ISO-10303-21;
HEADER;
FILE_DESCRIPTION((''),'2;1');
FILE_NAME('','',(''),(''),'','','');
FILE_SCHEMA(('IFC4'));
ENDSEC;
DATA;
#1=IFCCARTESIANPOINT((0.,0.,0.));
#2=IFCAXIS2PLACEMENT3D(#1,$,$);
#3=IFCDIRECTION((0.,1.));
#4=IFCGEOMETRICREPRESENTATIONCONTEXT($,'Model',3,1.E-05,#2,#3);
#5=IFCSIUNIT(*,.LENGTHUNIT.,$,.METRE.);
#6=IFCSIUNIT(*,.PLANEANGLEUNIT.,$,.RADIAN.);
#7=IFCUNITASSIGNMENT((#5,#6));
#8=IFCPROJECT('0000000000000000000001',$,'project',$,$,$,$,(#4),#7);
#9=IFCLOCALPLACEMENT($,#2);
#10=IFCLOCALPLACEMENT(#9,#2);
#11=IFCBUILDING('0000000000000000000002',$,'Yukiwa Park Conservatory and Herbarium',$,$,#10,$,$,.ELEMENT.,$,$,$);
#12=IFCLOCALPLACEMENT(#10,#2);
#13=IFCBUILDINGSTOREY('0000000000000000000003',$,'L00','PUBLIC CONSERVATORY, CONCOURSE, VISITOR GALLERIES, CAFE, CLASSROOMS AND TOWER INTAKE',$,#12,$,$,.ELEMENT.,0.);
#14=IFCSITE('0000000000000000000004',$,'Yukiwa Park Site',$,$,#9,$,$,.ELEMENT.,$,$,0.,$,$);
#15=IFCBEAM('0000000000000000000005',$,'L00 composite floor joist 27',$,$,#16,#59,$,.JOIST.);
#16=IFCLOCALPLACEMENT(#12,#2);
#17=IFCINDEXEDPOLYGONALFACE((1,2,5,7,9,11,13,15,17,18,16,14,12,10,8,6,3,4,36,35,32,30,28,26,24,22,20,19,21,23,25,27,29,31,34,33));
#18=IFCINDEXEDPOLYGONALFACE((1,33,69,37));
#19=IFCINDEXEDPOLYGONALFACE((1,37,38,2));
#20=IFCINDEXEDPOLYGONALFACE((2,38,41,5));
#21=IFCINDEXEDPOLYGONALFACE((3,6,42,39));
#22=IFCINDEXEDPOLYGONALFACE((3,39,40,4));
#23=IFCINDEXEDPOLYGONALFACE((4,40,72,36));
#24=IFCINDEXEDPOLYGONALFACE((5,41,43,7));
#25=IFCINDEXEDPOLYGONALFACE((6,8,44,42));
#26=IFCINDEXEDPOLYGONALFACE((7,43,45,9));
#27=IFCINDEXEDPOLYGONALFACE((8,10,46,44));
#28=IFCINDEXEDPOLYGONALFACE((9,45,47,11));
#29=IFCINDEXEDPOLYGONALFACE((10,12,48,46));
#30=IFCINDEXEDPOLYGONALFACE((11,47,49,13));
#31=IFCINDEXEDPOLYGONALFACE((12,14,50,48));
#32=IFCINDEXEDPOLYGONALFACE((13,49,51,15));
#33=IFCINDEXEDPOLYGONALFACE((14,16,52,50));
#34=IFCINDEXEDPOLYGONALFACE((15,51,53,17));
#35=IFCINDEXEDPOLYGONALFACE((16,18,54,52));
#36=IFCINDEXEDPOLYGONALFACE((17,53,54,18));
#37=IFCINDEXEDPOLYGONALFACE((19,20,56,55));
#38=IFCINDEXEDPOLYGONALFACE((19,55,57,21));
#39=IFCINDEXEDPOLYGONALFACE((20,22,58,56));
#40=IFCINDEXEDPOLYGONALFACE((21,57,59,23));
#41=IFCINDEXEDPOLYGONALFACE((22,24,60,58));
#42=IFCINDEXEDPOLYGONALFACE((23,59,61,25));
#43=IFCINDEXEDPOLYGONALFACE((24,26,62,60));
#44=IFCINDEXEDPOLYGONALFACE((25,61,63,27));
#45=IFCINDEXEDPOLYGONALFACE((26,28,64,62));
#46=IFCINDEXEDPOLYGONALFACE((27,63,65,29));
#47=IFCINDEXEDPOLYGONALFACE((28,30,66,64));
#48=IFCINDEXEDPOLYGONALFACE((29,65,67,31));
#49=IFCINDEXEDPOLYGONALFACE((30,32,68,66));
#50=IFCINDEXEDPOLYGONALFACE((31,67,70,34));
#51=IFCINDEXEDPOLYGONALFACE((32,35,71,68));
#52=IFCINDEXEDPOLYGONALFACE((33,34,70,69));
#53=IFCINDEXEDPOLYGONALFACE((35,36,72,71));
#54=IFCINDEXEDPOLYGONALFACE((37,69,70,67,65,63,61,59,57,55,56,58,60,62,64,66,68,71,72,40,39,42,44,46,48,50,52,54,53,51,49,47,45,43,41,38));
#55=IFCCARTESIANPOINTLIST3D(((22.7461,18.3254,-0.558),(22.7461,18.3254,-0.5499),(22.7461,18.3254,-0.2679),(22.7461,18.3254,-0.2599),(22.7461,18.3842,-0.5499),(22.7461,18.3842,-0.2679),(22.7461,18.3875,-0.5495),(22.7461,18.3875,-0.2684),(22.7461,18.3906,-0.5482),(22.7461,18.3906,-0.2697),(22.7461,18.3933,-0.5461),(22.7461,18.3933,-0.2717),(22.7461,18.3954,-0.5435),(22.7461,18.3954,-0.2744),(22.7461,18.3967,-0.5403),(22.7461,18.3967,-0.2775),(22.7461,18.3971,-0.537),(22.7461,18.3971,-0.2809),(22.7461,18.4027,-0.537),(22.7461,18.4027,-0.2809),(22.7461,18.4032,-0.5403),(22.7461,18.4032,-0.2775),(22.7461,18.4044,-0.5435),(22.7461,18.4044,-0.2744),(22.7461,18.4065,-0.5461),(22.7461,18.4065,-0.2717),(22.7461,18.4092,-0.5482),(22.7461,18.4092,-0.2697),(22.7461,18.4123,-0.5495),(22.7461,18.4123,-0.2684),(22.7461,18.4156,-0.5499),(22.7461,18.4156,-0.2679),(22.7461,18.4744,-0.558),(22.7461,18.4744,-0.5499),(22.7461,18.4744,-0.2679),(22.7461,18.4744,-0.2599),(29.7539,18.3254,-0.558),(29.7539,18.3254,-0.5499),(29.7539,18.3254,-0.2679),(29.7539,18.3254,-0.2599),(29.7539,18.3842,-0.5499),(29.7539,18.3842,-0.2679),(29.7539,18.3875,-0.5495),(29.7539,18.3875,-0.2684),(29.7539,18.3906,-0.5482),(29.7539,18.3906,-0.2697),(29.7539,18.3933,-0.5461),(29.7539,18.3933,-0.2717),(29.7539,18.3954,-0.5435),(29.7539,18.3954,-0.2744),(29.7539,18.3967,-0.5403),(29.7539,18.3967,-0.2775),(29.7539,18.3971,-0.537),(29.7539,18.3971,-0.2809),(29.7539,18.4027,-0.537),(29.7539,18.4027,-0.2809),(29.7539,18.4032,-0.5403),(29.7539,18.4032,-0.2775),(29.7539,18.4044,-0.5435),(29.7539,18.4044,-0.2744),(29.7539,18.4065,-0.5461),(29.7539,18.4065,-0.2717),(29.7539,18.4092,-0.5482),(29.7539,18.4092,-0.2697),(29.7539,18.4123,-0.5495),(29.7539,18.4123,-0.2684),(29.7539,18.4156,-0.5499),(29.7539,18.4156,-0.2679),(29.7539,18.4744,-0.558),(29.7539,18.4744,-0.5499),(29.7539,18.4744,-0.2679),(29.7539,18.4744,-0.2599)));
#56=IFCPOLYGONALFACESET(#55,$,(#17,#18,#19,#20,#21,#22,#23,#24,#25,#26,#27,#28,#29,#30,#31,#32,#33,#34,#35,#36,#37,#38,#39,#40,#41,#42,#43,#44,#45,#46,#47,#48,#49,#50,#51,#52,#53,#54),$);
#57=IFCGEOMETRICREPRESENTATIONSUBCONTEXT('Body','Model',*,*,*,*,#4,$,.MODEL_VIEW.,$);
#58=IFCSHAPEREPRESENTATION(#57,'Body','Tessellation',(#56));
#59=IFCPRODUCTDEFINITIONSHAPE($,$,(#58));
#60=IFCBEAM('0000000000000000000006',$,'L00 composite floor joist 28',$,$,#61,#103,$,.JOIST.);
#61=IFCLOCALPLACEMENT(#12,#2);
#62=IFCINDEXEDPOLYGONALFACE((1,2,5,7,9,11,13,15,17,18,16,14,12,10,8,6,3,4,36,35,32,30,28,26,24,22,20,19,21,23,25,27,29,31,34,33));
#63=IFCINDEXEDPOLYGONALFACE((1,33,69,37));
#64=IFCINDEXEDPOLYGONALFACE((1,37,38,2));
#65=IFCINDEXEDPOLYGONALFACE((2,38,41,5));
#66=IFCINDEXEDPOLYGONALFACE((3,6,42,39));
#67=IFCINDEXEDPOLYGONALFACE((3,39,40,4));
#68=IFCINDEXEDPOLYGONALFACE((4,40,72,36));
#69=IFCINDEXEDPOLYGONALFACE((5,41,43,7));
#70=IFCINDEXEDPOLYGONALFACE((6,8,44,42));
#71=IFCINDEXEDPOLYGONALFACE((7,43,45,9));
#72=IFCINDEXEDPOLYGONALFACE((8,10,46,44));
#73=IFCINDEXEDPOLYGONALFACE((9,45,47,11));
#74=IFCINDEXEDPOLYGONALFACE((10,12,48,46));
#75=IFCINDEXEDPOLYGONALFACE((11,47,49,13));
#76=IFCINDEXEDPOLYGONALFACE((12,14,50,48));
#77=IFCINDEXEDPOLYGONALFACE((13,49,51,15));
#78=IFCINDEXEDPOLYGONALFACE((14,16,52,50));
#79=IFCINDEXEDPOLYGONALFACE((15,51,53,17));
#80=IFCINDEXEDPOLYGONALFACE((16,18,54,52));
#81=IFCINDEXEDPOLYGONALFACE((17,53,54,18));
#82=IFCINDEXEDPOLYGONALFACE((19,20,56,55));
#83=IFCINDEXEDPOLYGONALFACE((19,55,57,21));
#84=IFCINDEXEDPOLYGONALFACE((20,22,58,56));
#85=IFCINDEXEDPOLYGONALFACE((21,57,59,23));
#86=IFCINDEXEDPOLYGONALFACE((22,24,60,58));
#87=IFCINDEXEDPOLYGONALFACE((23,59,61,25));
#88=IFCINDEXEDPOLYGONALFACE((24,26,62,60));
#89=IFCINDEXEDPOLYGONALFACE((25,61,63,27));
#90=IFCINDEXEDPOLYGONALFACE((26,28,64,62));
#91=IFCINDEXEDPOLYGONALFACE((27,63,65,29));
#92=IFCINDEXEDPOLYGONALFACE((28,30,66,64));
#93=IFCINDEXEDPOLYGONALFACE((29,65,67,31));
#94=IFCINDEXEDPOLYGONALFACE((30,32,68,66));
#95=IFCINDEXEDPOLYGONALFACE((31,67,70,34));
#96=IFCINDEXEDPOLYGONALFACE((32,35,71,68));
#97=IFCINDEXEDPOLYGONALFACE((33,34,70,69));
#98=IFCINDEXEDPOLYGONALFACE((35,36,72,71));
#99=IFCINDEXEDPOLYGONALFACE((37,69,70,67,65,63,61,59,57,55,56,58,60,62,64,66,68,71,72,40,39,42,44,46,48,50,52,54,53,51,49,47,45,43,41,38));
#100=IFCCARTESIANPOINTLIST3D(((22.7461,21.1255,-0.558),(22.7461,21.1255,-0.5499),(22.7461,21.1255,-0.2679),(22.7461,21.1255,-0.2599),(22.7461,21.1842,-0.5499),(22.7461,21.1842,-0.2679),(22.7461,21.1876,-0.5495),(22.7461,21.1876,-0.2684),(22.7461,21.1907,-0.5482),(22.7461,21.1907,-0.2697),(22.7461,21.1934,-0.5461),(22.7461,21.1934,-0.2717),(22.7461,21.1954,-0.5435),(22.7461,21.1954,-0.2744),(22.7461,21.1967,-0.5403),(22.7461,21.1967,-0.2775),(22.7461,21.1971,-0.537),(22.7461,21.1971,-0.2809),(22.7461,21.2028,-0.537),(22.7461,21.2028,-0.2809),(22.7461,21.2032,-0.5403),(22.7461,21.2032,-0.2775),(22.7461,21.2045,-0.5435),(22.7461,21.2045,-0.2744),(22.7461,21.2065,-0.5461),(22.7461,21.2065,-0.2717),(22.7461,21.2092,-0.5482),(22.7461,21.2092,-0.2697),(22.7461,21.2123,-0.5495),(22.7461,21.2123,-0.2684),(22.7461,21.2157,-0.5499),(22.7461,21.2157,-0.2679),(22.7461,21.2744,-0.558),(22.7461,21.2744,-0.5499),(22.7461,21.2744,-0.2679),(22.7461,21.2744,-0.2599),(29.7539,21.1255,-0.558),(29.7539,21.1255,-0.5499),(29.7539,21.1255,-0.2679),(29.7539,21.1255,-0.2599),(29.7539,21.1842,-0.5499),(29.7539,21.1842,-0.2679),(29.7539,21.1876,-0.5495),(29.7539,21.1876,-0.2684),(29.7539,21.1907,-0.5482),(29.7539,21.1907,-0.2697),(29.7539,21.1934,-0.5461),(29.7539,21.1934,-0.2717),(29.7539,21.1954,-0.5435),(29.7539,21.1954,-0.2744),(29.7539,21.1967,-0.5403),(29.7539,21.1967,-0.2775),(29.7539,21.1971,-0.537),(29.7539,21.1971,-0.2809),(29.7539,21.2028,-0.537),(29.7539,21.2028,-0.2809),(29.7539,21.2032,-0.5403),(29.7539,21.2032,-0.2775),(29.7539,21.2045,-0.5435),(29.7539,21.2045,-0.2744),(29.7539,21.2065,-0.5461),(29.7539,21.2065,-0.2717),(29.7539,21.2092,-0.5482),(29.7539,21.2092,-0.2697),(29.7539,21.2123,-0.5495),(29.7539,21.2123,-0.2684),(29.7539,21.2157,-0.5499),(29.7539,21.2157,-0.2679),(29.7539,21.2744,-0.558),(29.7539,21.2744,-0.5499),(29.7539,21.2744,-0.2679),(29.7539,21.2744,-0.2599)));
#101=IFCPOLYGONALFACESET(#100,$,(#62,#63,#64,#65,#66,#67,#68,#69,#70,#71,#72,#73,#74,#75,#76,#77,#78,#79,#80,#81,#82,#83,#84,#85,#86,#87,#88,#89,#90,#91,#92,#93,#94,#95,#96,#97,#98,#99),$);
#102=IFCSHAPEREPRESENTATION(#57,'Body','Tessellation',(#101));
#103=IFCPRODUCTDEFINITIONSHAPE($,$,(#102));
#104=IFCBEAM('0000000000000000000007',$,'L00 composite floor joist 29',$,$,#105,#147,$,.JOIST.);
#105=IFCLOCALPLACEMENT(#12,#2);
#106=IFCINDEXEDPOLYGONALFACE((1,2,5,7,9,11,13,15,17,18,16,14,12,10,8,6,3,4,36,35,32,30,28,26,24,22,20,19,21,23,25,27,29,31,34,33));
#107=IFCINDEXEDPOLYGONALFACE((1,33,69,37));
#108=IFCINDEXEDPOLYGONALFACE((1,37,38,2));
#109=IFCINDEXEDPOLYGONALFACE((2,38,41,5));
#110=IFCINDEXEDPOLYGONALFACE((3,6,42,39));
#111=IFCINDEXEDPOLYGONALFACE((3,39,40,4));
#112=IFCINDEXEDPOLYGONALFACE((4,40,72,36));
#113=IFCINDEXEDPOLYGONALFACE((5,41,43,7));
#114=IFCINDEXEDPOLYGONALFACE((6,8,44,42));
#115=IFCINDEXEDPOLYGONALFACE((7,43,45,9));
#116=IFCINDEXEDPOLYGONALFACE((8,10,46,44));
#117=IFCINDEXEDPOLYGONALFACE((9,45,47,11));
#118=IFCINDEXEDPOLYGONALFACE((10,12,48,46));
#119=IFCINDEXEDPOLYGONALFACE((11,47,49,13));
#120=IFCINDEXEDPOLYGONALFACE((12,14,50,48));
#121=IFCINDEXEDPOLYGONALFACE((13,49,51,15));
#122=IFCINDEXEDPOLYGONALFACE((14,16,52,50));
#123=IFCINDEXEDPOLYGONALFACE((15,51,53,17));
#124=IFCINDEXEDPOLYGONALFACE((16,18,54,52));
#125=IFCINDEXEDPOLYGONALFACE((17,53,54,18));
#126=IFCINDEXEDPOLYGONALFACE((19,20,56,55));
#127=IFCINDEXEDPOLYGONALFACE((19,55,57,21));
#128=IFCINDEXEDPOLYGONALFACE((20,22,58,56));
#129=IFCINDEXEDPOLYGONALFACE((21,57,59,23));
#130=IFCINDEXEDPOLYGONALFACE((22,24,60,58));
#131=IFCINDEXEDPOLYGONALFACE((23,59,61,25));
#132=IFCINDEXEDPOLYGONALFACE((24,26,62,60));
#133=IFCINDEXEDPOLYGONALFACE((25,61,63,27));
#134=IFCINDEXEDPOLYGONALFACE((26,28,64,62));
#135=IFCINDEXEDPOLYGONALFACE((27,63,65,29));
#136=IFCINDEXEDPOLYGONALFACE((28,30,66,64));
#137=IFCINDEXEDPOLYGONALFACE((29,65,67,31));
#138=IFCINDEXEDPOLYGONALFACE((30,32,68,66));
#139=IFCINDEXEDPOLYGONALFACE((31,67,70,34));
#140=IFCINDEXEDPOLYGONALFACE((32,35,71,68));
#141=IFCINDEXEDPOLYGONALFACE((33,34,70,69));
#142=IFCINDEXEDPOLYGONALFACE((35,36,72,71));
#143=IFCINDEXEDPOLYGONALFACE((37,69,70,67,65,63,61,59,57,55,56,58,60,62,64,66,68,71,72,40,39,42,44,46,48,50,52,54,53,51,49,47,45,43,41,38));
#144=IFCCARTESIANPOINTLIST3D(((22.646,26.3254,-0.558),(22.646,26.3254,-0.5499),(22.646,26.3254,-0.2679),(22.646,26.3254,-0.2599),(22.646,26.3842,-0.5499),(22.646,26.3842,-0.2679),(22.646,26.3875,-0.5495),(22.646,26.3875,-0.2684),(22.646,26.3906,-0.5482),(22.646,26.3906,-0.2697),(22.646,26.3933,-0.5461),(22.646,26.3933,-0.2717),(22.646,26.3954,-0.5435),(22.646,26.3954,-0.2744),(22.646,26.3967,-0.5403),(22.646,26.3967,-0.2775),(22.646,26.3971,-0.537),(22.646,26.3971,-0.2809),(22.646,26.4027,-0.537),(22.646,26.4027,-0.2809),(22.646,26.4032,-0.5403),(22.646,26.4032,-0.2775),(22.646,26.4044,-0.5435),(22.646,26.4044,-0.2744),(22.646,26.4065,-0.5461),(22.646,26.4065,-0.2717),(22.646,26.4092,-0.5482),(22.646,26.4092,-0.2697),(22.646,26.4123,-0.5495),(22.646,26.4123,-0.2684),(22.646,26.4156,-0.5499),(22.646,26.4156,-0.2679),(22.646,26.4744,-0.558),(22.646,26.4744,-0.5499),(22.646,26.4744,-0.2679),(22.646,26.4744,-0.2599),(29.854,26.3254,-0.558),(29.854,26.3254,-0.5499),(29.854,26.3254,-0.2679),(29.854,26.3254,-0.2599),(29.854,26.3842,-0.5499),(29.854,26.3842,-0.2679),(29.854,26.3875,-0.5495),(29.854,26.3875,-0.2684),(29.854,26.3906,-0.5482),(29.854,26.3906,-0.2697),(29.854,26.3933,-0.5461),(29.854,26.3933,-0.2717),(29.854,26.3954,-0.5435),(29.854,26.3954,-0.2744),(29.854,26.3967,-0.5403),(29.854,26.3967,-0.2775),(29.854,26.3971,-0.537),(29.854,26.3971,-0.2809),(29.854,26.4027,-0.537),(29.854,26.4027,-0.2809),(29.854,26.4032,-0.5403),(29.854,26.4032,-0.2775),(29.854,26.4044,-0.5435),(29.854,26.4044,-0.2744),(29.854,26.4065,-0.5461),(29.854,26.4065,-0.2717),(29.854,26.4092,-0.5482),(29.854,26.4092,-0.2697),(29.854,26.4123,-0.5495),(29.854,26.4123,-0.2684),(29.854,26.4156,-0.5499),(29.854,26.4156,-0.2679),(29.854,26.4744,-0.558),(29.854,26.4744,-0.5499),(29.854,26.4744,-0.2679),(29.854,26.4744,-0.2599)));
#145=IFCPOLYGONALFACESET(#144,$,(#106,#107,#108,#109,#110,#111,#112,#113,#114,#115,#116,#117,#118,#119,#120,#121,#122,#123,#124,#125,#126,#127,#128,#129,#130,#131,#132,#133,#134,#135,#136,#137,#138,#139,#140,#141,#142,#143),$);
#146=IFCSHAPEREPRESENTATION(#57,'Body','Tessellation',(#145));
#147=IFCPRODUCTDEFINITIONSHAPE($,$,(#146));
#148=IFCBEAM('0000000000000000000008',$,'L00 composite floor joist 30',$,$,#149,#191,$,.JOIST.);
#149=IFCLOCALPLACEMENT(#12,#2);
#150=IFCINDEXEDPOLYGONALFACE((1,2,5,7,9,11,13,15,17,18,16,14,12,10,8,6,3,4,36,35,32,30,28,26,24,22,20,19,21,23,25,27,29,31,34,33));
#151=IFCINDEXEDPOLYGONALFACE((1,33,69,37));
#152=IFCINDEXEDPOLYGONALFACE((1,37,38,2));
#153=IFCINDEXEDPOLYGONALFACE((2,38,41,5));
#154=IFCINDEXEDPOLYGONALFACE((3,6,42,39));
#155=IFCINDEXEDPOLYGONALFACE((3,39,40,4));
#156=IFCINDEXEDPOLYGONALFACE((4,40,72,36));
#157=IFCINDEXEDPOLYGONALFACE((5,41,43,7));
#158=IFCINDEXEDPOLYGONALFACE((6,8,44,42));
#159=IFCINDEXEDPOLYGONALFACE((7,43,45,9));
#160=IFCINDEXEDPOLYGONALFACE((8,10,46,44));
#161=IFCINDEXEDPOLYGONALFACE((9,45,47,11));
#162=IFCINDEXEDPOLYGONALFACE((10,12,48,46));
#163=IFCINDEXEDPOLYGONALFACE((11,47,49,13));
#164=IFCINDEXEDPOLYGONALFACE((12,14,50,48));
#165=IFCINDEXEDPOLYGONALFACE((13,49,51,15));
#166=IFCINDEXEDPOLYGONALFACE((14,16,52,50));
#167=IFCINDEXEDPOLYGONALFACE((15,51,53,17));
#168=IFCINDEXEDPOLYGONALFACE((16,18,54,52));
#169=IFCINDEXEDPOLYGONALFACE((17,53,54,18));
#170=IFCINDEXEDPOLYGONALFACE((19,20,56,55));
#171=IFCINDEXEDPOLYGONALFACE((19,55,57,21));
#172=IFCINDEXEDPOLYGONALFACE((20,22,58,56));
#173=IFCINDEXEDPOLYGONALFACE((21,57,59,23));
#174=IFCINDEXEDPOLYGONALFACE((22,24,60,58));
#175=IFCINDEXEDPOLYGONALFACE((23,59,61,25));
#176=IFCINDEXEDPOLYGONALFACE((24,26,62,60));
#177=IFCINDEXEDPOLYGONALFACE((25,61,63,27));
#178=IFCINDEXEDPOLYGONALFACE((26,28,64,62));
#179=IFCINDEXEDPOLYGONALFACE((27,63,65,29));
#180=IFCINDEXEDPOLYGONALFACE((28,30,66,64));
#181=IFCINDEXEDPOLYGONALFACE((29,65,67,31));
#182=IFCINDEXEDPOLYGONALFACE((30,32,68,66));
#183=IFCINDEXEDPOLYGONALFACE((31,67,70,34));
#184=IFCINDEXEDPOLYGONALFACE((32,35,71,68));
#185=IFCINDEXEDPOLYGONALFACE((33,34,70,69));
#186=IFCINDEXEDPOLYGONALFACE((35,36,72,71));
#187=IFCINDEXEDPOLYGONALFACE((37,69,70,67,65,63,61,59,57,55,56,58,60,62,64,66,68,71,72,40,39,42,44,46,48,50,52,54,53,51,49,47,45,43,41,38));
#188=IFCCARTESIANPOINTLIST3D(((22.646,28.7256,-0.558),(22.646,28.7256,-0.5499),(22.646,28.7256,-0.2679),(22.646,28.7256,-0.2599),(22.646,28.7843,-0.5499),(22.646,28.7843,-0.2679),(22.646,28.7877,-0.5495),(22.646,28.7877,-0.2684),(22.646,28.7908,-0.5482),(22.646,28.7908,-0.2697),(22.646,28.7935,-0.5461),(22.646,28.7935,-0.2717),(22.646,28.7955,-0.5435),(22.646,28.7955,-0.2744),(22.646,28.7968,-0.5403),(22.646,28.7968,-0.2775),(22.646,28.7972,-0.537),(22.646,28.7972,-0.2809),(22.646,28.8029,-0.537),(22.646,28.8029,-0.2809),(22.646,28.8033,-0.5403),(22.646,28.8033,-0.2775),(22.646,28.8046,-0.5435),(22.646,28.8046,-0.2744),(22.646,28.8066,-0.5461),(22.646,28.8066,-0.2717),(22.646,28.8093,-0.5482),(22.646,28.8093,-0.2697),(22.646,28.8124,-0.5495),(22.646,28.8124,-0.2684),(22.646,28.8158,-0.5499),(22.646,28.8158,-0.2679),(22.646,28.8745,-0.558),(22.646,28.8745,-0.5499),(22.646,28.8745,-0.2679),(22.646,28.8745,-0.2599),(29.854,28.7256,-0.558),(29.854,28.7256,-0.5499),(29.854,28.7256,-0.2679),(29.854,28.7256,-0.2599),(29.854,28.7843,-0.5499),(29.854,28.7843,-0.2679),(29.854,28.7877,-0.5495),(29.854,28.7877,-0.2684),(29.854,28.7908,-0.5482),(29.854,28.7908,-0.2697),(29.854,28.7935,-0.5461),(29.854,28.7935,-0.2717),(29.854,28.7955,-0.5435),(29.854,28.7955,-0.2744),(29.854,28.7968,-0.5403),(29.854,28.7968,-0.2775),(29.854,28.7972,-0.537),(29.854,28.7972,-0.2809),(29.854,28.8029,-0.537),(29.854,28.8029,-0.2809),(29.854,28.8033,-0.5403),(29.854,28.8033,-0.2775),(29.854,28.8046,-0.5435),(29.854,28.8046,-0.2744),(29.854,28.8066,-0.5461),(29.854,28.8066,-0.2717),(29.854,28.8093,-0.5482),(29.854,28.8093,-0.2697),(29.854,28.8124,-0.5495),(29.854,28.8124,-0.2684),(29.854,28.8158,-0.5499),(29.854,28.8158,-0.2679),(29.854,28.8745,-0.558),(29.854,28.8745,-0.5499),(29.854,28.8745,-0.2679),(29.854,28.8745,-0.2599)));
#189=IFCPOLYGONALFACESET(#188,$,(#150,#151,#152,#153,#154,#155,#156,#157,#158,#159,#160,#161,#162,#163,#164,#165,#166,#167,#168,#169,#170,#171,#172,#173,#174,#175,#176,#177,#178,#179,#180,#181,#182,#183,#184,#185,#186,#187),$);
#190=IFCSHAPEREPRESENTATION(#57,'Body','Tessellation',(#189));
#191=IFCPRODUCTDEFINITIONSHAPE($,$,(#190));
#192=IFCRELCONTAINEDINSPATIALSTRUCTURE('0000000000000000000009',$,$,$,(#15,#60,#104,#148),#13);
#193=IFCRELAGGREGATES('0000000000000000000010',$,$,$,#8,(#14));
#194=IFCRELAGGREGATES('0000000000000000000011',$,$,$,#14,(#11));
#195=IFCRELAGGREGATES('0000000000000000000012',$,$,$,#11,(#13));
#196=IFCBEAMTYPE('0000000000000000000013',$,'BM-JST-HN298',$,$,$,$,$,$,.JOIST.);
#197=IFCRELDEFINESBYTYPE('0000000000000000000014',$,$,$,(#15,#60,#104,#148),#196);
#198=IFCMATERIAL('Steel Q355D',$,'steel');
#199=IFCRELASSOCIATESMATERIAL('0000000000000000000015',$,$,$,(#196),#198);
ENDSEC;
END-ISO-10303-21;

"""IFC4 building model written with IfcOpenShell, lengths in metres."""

from ifc_helpers import new_model, si_unit, direction, frame, origin, origin_2d, place, context, subcontext, project, spatial, i_section, extrude, material, material_profile, profile_set, type_object, element, save


model = new_model("IFC4")

# Units and contexts
model_context = context("Model", 3, precision=1e-05, world=origin(), true_north=direction((0.0, 1.0)))
body_context = subcontext(model_context, "Body", "Model", "MODEL_VIEW")
ifc_project = project(units=[si_unit("LENGTHUNIT", "METRE"), si_unit("PLANEANGLEUNIT", "RADIAN")], contexts=[model_context])

# Site, building, storey
site_placement = place(None, origin())
site = spatial("IfcSite", under=ifc_project, at=site_placement, Name="Yukiwa Park Site", CompositionType="ELEMENT", RefElevation=0.0)
building_placement = place(site_placement, origin())
building = spatial("IfcBuilding", under=site, at=building_placement, Name="Yukiwa Park Conservatory and Herbarium", CompositionType="ELEMENT")
storey_placement = place(building_placement, origin())
storey = spatial("IfcBuildingStorey", under=building, at=storey_placement, Name="L00", Description="PUBLIC CONSERVATORY, CONCOURSE, VISITOR GALLERIES, CAFE, CLASSROOMS AND TOWER INTAKE", CompositionType="ELEMENT", Elevation=0.0)

# Beams
ifc_material_1 = material(Name="Steel Q355D", Category="steel")
ifc_material_profile_1 = material_profile(ifc_material_1, i_section(OverallWidth=0.1489, OverallDepth=0.2981, WebThickness=0.0056, FlangeThickness=0.0081, FilletRadius=0.0129, at=origin_2d()), Name="HN 298x149x5.5x8")
ifc_profile_set_1 = profile_set([ifc_material_profile_1], Name="Steel Q355D")
beam_type_1 = type_object("IfcBeamType", Name="BM-JST-HN298", PredefinedType="JOIST", material=ifc_profile_set_1)
for number, where, z_axis, x_axis, name in (
    (1, (22.7461, 18.3999, -0.4089), (1.0, 0.0, 0.0), (0.0, 1.0, 0.0), "L00 composite floor joist 27"),
    (2, (22.7461, 21.2, -0.4089), (1.0, 0.0, 0.0), (0.0, 1.0, 0.0), "L00 composite floor joist 28"),
):
    element("IfcBeam", number, at=place(storey_placement, frame(where, z_axis=z_axis, x_axis=x_axis)), inside=storey, type_object=beam_type_1, Name=name, PredefinedType="JOIST", context=body_context, shape_type="SweptSolid", body=[
        extrude(i_section(OverallWidth=0.1489, OverallDepth=0.2981, WebThickness=0.0056, FlangeThickness=0.0081, FilletRadius=0.0129, at=origin_2d()), origin(), (0.0, 0.0, 1.0), 7.0078),
    ])
for number, where, z_axis, x_axis, name in (
    (3, (22.646, 26.3999, -0.4089), (1.0, 0.0, 0.0), (0.0, 1.0, 0.0), "L00 composite floor joist 29"),
    (4, (22.646, 28.8, -0.4089), (1.0, 0.0, 0.0), (0.0, 1.0, 0.0), "L00 composite floor joist 30"),
):
    element("IfcBeam", number, at=place(storey_placement, frame(where, z_axis=z_axis, x_axis=x_axis)), inside=storey, type_object=beam_type_1, Name=name, PredefinedType="JOIST", context=body_context, shape_type="SweptSolid", body=[
        extrude(i_section(OverallWidth=0.1489, OverallDepth=0.2981, WebThickness=0.0056, FlangeThickness=0.0081, FilletRadius=0.0129, at=origin_2d()), origin(), (0.0, 0.0, 1.0), 7.208),
    ])

save(model, "model.ifc")
